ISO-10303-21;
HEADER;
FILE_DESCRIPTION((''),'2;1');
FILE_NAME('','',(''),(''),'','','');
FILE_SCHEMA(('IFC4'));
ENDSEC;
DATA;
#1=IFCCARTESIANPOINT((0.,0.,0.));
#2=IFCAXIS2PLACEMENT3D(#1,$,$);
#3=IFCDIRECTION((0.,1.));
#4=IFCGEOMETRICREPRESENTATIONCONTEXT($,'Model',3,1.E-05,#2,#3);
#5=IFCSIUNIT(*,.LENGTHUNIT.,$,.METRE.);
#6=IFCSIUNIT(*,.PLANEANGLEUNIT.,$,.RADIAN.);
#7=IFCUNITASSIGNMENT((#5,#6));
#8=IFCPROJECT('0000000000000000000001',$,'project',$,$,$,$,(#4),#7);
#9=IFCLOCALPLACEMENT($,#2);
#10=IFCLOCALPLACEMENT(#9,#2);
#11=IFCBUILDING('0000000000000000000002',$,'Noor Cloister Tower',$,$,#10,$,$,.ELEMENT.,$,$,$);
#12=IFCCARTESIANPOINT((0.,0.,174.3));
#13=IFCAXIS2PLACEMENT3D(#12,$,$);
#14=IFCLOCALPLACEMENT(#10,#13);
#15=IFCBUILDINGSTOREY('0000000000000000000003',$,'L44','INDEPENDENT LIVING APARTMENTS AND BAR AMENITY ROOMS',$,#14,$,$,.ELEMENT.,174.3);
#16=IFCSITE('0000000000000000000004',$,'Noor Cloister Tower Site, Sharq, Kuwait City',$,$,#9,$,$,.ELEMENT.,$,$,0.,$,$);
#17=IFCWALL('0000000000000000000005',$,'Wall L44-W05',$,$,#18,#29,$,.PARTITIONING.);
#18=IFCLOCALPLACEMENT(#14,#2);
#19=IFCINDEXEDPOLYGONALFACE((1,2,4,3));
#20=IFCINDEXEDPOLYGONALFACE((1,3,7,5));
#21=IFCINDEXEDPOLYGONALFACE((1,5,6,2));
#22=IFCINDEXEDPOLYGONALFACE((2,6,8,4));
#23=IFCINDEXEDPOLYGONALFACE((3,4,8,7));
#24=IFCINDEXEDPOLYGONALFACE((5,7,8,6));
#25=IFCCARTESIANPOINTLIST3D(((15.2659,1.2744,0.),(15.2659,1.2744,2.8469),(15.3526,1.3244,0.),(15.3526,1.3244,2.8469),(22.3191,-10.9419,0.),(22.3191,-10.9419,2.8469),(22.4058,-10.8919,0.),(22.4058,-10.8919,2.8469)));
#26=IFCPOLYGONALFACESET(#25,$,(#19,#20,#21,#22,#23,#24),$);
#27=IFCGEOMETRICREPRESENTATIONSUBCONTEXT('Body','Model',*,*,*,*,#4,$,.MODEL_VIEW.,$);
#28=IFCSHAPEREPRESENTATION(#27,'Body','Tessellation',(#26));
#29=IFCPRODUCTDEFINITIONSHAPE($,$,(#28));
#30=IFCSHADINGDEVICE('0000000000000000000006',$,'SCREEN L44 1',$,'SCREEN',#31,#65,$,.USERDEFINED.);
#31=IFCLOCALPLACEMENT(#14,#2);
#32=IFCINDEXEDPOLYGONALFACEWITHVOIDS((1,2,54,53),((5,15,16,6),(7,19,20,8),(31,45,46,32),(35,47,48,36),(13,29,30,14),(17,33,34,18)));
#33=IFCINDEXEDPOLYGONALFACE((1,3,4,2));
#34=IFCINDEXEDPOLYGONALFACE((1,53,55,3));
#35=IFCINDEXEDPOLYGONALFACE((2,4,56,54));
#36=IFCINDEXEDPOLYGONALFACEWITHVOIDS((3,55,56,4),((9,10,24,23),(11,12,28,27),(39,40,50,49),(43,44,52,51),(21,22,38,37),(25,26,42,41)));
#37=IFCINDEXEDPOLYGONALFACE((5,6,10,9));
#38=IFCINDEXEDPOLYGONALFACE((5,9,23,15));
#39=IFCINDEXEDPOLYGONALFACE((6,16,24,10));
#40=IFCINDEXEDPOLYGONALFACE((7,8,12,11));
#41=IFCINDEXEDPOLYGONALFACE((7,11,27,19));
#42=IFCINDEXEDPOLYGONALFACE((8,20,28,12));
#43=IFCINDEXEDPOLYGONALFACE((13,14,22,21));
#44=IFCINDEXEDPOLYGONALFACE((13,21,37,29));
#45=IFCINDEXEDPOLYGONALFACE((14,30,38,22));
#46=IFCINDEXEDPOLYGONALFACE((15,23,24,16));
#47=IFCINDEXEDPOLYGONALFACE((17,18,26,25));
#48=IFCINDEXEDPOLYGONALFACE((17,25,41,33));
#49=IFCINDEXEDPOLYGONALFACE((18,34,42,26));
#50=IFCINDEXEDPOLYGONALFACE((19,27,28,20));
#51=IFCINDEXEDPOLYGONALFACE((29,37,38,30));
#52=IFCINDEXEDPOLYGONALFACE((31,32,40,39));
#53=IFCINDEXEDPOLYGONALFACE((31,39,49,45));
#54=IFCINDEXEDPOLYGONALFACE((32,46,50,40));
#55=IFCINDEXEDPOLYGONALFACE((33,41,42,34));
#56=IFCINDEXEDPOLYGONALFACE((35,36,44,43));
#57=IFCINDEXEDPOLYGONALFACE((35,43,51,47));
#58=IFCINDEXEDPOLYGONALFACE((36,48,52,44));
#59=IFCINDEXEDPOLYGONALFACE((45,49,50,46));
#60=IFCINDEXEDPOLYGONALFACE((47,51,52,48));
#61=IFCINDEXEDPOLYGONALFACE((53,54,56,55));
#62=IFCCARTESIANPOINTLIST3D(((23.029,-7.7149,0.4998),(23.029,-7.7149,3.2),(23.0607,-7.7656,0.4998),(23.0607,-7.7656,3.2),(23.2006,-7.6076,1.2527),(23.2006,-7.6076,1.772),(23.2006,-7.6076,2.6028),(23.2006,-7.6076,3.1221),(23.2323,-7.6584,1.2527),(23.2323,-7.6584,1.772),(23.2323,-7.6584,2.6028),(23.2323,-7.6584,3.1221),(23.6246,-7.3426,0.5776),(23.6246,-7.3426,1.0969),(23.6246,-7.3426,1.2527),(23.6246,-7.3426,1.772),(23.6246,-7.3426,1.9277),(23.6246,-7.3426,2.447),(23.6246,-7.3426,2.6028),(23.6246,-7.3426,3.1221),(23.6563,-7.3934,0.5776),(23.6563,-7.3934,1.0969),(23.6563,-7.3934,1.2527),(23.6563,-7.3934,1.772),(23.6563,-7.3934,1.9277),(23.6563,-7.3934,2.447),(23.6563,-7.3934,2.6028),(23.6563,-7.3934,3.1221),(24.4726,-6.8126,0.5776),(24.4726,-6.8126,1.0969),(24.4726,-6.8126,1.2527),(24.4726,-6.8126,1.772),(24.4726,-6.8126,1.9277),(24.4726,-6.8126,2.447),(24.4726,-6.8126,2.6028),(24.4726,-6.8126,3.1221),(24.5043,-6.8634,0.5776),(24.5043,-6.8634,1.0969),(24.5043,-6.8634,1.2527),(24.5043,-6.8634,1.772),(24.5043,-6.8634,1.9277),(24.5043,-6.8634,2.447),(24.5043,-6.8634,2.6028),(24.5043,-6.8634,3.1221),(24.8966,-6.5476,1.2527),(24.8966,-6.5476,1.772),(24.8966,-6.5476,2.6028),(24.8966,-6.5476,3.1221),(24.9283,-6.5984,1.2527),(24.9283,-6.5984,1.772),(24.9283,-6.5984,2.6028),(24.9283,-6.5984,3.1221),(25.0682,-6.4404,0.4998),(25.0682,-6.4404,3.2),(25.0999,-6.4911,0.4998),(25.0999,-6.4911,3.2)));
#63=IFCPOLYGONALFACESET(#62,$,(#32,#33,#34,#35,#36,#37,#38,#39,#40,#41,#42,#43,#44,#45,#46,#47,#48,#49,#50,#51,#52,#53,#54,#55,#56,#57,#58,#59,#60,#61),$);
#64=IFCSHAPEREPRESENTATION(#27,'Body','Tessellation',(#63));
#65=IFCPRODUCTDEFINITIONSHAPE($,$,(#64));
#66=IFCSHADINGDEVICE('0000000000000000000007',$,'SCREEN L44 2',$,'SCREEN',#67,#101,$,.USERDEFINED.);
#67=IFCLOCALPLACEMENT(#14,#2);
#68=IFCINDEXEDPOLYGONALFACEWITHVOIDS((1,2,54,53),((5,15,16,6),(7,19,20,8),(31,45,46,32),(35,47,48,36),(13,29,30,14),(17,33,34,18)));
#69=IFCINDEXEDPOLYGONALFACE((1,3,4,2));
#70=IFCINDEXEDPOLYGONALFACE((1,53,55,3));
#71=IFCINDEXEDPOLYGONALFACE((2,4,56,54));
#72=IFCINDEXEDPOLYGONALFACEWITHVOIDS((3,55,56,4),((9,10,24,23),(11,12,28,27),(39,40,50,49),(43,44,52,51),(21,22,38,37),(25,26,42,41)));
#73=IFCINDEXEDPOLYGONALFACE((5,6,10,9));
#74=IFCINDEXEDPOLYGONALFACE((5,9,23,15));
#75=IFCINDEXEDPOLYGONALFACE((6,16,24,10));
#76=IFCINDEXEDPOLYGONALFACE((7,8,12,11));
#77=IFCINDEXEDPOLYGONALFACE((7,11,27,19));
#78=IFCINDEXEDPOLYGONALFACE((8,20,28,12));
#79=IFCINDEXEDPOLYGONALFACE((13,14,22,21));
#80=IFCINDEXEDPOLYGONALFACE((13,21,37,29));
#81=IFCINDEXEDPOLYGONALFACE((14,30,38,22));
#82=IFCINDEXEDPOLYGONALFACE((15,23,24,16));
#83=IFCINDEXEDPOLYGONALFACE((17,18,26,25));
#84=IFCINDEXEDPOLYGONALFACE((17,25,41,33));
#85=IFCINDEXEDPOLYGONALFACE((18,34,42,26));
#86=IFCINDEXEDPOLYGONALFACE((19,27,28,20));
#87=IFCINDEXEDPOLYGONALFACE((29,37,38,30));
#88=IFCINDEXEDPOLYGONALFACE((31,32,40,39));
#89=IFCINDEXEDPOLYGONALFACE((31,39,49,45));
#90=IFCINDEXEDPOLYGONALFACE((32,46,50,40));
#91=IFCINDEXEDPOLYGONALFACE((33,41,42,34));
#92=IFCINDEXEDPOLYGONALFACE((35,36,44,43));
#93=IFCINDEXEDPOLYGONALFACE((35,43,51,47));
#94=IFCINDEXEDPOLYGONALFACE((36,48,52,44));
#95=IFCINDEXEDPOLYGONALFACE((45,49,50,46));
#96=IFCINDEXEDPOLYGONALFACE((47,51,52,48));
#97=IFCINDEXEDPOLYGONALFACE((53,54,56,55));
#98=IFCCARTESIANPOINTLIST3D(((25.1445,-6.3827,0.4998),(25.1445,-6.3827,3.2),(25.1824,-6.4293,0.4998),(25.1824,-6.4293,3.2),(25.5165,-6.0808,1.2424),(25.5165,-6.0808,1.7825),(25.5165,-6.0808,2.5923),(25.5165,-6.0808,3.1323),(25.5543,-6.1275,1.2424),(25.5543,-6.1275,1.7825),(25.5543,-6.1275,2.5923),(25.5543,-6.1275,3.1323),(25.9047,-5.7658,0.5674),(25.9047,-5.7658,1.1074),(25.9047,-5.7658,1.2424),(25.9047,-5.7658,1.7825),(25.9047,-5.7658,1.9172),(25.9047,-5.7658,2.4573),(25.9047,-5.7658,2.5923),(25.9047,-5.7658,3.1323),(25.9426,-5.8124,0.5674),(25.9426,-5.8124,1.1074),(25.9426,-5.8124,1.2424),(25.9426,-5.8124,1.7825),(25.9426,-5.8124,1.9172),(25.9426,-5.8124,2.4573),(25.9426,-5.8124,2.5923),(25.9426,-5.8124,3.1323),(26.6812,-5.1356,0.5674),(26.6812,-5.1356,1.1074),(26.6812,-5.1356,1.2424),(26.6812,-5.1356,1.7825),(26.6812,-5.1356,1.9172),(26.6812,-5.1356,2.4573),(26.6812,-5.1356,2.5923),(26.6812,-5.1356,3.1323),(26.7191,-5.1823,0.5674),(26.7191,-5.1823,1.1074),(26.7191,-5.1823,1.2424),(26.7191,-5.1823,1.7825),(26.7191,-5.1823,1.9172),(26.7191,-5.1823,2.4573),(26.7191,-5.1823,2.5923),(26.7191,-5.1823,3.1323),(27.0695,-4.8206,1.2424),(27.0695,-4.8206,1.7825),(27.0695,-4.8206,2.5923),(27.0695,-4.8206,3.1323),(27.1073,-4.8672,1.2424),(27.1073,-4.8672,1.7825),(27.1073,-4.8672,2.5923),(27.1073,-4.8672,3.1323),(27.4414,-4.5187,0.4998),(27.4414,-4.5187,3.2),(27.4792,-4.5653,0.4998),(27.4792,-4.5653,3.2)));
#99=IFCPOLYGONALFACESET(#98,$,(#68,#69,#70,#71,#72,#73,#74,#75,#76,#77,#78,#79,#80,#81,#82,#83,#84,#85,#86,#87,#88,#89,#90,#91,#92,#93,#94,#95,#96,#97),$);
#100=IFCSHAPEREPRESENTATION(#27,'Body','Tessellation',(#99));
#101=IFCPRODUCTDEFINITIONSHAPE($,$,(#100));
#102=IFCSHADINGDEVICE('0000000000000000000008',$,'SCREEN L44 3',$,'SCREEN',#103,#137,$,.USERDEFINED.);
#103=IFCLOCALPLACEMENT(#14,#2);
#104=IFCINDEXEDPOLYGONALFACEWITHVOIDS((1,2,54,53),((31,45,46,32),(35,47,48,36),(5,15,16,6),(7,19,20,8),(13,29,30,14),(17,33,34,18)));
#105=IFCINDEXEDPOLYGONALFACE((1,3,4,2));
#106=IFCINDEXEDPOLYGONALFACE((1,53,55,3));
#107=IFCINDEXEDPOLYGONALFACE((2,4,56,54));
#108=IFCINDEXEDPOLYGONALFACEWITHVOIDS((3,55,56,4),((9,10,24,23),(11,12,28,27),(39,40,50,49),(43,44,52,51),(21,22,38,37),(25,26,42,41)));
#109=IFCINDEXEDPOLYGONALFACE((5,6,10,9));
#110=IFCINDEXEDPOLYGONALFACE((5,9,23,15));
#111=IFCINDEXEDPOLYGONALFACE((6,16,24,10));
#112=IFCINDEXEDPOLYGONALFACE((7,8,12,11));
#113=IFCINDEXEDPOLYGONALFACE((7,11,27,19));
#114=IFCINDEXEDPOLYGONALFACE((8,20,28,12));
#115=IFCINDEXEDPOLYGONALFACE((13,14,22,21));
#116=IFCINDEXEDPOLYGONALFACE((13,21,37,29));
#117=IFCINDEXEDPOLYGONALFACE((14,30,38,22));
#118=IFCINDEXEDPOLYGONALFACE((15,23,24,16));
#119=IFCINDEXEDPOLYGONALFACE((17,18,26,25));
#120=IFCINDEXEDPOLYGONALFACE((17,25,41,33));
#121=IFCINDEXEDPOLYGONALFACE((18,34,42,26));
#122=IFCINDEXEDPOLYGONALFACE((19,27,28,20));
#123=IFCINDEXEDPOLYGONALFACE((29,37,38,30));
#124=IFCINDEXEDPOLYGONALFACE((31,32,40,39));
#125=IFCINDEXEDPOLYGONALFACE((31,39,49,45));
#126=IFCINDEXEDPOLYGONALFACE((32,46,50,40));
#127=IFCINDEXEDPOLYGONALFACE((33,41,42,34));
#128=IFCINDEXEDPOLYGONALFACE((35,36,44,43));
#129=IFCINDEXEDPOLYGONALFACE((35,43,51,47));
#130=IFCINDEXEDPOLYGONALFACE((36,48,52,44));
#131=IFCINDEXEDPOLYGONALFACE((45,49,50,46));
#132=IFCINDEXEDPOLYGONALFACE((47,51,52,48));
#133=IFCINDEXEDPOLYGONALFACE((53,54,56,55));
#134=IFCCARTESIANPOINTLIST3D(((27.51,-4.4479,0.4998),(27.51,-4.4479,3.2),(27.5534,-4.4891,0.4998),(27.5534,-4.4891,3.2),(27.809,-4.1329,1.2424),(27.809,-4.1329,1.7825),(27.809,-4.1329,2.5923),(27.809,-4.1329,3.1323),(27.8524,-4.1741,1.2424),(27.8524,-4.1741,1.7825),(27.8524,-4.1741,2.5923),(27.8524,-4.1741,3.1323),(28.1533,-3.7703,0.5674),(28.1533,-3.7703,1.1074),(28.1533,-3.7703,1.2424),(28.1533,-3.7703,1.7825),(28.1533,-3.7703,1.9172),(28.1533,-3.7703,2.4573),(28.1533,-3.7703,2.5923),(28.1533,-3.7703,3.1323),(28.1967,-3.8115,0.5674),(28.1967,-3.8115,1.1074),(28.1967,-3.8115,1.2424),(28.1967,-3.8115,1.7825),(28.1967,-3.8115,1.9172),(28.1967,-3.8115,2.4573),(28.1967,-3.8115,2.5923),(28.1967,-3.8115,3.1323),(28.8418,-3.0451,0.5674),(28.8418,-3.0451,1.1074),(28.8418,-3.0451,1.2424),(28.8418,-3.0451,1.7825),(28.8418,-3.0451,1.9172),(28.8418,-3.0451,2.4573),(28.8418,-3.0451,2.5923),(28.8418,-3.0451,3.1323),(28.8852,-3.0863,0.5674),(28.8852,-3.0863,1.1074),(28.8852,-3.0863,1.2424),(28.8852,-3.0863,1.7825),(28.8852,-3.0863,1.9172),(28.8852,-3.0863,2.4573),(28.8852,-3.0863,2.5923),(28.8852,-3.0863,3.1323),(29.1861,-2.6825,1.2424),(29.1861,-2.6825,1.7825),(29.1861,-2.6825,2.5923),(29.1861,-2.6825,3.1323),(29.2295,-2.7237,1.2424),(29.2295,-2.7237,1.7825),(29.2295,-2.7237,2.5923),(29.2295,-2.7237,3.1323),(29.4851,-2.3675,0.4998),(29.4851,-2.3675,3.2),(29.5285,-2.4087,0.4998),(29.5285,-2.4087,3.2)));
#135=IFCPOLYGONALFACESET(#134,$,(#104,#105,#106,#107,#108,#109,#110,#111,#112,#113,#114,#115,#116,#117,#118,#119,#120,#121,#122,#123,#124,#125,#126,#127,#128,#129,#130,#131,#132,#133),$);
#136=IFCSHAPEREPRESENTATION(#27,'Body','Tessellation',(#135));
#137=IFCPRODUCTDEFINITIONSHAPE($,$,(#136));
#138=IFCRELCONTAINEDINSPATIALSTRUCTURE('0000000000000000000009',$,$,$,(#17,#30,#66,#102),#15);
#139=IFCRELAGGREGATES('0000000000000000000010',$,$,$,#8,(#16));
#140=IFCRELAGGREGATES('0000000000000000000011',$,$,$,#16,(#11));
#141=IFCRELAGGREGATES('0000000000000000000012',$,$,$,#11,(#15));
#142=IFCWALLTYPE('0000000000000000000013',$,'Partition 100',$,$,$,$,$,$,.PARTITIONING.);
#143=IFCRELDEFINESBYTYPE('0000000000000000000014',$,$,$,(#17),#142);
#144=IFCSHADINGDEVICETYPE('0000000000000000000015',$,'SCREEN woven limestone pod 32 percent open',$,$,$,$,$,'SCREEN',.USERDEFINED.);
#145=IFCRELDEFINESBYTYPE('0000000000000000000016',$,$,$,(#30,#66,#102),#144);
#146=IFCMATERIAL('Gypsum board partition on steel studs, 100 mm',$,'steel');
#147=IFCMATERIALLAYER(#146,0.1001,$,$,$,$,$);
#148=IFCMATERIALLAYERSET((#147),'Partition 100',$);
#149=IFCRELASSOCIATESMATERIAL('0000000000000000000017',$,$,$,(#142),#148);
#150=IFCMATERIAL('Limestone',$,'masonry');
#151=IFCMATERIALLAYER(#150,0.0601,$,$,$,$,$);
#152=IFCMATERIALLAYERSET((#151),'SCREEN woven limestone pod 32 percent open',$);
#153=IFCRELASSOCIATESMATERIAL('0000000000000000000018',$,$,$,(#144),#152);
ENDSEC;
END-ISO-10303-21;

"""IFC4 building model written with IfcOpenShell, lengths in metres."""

from ifc_helpers import new_model, si_unit, direction, frame, frame_2d, origin, place, context, subcontext, project, spatial, polyline, rectangle, outline, extrude, material, layer, layer_set, type_object, element, save


model = new_model("IFC4")

# Units and contexts
model_context = context("Model", 3, precision=1e-05, world=origin(), true_north=direction((0.0, 1.0)))
body_context = subcontext(model_context, "Body", "Model", "MODEL_VIEW")
ifc_project = project(units=[si_unit("LENGTHUNIT", "METRE"), si_unit("PLANEANGLEUNIT", "RADIAN")], contexts=[model_context])

# Site, building, storey
site_placement = place(None, origin())
site = spatial("IfcSite", under=ifc_project, at=site_placement, Name="Noor Cloister Tower Site, Sharq, Kuwait City", CompositionType="ELEMENT", RefElevation=0.0)
building_placement = place(site_placement, origin())
building = spatial("IfcBuilding", under=site, at=building_placement, Name="Noor Cloister Tower", CompositionType="ELEMENT")
storey_placement = place(building_placement, frame((0.0, 0.0, 174.3)))
storey = spatial("IfcBuildingStorey", under=building, at=storey_placement, Name="L44", Description="INDEPENDENT LIVING APARTMENTS AND BAR AMENITY ROOMS", CompositionType="ELEMENT", Elevation=174.3)

# Wall
ifc_material_1 = material(Name="Gypsum board partition on steel studs, 100 mm", Category="steel")
ifc_layer_1 = layer(ifc_material_1, 0.1001)
ifc_layer_set_1 = layer_set([ifc_layer_1], Name="Partition 100")
wall_type_1 = type_object("IfcWallType", Name="Partition 100", PredefinedType="PARTITIONING", material=ifc_layer_set_1)
wall_1_placement = place(storey_placement, frame((22.3625, -10.917, 0.0), z_axis=(0.0, 0.0, 1.0), x_axis=(-0.500007, 0.866021, 0.0)))
element("IfcWall", 1, at=wall_1_placement, inside=storey, type_object=wall_type_1, Name="Wall L44-W05", PredefinedType="PARTITIONING", context=body_context, shape_type="SweptSolid", body=[
    extrude(rectangle(XDim=14.1062, YDim=0.1001, at=frame_2d((7.0532, 0.0))), origin(), (0.0, 0.0, 1.0), 2.8469),
])

# Shading devices
ifc_material_2 = material(Name="Limestone", Category="masonry")
ifc_layer_2 = layer(ifc_material_2, 0.0601)
ifc_layer_set_2 = layer_set([ifc_layer_2], Name="SCREEN woven limestone pod 32 percent open")
shading_device_type = type_object("IfcShadingDeviceType", Name="SCREEN woven limestone pod 32 percent open", ElementType="SCREEN", PredefinedType="USERDEFINED", material=ifc_layer_set_2)
shading_device_1_placement = place(storey_placement, frame((24.0486, -7.0776, 1.8499), z_axis=(0.529999, -0.847998, 0.0), x_axis=(0.847998, 0.529999, 0.0)))
element("IfcShadingDevice", 2, at=shading_device_1_placement, inside=storey, type_object=shading_device_type, Name="SCREEN L44 1", ObjectType="SCREEN", PredefinedType="USERDEFINED", context=body_context, shape_type="SweptSolid", body=[
    extrude(outline(polyline([(-1.2024, -1.3501), (1.2024, -1.3501), (1.2024, 1.3501), (-1.2024, 1.3501), (-1.2024, -1.3501)]), holes=[polyline([(-0.5, -1.2722), (0.5, -1.2722), (0.5, -0.7529), (-0.5, -0.7529), (-0.5, -1.2722)]), polyline([(-1.0, -0.5972), (-0.5, -0.5972), (-0.5, -0.0779), (-1.0, -0.0779), (-1.0, -0.5972)]), polyline([(0.5, -0.5972), (1.0, -0.5972), (1.0, -0.0779), (0.5, -0.0779), (0.5, -0.5972)]), polyline([(-0.5, 0.0779), (0.5, 0.0779), (0.5, 0.5972), (-0.5, 0.5972), (-0.5, 0.0779)]), polyline([(-1.0, 0.7529), (-0.5, 0.7529), (-0.5, 1.2722), (-1.0, 1.2722), (-1.0, 0.7529)]), polyline([(0.5, 0.7529), (1.0, 0.7529), (1.0, 1.2722), (0.5, 1.2722), (0.5, 0.7529)])]), origin(), (0.0, 0.0, 1.0), 0.0598),
])
shading_device_2_placement = place(storey_placement, frame((26.293, -5.4507, 1.8499), z_axis=(0.630133, -0.776487, 0.0), x_axis=(0.776487, 0.630133, 0.0)))
element("IfcShadingDevice", 3, at=shading_device_2_placement, inside=storey, type_object=shading_device_type, Name="SCREEN L44 2", ObjectType="SCREEN", PredefinedType="USERDEFINED", context=body_context, shape_type="SweptSolid", body=[
    extrude(outline(polyline([(-1.479, -1.3501), (1.479, -1.3501), (1.479, 1.3501), (-1.479, 1.3501), (-1.479, -1.3501)]), holes=[polyline([(-0.5, -1.2825), (0.5, -1.2825), (0.5, -0.7424), (-0.5, -0.7424), (-0.5, -1.2825)]), polyline([(-1.0, -0.6074), (-0.5, -0.6074), (-0.5, -0.0674), (-1.0, -0.0674), (-1.0, -0.6074)]), polyline([(0.5, -0.6074), (1.0, -0.6074), (1.0, -0.0674), (0.5, -0.0674), (0.5, -0.6074)]), polyline([(-0.5, 0.0674), (0.5, 0.0674), (0.5, 0.6074), (-0.5, 0.6074), (-0.5, 0.0674)]), polyline([(-1.0, 0.7424), (-0.5, 0.7424), (-0.5, 1.2825), (-1.0, 1.2825), (-1.0, 0.7424)]), polyline([(0.5, 0.7424), (1.0, 0.7424), (1.0, 1.2825), (0.5, 1.2825), (0.5, 0.7424)])]), origin(), (0.0, 0.0, 1.0), 0.0601),
])
shading_device_3_placement = place(storey_placement, frame((28.4976, -3.4077, 1.8499), z_axis=(0.725203, -0.688535, 0.0), x_axis=(0.688535, 0.725203, 0.0)))
element("IfcShadingDevice", 4, at=shading_device_3_placement, inside=storey, type_object=shading_device_type, Name="SCREEN L44 3", ObjectType="SCREEN", PredefinedType="USERDEFINED", context=body_context, shape_type="SweptSolid", body=[
    extrude(outline(polyline([(-1.4343, -1.3501), (1.4343, -1.3501), (1.4343, 1.3501), (-1.4343, 1.3501), (-1.4343, -1.3501)]), holes=[polyline([(-0.5, -1.2825), (0.5, -1.2825), (0.5, -0.7424), (-0.5, -0.7424), (-0.5, -1.2825)]), polyline([(-1.0, -0.6074), (-0.5, -0.6074), (-0.5, -0.0674), (-1.0, -0.0674), (-1.0, -0.6074)]), polyline([(0.5, -0.6074), (1.0, -0.6074), (1.0, -0.0674), (0.5, -0.0674), (0.5, -0.6074)]), polyline([(-0.5, 0.0674), (0.5, 0.0674), (0.5, 0.6074), (-0.5, 0.6074), (-0.5, 0.0674)]), polyline([(-1.0, 0.7424), (-0.5, 0.7424), (-0.5, 1.2825), (-1.0, 1.2825), (-1.0, 0.7424)]), polyline([(0.5, 0.7424), (1.0, 0.7424), (1.0, 1.2825), (0.5, 1.2825), (0.5, 0.7424)])]), origin(), (0.0, 0.0, 1.0), 0.0598),
])

save(model, "model.ifc")
